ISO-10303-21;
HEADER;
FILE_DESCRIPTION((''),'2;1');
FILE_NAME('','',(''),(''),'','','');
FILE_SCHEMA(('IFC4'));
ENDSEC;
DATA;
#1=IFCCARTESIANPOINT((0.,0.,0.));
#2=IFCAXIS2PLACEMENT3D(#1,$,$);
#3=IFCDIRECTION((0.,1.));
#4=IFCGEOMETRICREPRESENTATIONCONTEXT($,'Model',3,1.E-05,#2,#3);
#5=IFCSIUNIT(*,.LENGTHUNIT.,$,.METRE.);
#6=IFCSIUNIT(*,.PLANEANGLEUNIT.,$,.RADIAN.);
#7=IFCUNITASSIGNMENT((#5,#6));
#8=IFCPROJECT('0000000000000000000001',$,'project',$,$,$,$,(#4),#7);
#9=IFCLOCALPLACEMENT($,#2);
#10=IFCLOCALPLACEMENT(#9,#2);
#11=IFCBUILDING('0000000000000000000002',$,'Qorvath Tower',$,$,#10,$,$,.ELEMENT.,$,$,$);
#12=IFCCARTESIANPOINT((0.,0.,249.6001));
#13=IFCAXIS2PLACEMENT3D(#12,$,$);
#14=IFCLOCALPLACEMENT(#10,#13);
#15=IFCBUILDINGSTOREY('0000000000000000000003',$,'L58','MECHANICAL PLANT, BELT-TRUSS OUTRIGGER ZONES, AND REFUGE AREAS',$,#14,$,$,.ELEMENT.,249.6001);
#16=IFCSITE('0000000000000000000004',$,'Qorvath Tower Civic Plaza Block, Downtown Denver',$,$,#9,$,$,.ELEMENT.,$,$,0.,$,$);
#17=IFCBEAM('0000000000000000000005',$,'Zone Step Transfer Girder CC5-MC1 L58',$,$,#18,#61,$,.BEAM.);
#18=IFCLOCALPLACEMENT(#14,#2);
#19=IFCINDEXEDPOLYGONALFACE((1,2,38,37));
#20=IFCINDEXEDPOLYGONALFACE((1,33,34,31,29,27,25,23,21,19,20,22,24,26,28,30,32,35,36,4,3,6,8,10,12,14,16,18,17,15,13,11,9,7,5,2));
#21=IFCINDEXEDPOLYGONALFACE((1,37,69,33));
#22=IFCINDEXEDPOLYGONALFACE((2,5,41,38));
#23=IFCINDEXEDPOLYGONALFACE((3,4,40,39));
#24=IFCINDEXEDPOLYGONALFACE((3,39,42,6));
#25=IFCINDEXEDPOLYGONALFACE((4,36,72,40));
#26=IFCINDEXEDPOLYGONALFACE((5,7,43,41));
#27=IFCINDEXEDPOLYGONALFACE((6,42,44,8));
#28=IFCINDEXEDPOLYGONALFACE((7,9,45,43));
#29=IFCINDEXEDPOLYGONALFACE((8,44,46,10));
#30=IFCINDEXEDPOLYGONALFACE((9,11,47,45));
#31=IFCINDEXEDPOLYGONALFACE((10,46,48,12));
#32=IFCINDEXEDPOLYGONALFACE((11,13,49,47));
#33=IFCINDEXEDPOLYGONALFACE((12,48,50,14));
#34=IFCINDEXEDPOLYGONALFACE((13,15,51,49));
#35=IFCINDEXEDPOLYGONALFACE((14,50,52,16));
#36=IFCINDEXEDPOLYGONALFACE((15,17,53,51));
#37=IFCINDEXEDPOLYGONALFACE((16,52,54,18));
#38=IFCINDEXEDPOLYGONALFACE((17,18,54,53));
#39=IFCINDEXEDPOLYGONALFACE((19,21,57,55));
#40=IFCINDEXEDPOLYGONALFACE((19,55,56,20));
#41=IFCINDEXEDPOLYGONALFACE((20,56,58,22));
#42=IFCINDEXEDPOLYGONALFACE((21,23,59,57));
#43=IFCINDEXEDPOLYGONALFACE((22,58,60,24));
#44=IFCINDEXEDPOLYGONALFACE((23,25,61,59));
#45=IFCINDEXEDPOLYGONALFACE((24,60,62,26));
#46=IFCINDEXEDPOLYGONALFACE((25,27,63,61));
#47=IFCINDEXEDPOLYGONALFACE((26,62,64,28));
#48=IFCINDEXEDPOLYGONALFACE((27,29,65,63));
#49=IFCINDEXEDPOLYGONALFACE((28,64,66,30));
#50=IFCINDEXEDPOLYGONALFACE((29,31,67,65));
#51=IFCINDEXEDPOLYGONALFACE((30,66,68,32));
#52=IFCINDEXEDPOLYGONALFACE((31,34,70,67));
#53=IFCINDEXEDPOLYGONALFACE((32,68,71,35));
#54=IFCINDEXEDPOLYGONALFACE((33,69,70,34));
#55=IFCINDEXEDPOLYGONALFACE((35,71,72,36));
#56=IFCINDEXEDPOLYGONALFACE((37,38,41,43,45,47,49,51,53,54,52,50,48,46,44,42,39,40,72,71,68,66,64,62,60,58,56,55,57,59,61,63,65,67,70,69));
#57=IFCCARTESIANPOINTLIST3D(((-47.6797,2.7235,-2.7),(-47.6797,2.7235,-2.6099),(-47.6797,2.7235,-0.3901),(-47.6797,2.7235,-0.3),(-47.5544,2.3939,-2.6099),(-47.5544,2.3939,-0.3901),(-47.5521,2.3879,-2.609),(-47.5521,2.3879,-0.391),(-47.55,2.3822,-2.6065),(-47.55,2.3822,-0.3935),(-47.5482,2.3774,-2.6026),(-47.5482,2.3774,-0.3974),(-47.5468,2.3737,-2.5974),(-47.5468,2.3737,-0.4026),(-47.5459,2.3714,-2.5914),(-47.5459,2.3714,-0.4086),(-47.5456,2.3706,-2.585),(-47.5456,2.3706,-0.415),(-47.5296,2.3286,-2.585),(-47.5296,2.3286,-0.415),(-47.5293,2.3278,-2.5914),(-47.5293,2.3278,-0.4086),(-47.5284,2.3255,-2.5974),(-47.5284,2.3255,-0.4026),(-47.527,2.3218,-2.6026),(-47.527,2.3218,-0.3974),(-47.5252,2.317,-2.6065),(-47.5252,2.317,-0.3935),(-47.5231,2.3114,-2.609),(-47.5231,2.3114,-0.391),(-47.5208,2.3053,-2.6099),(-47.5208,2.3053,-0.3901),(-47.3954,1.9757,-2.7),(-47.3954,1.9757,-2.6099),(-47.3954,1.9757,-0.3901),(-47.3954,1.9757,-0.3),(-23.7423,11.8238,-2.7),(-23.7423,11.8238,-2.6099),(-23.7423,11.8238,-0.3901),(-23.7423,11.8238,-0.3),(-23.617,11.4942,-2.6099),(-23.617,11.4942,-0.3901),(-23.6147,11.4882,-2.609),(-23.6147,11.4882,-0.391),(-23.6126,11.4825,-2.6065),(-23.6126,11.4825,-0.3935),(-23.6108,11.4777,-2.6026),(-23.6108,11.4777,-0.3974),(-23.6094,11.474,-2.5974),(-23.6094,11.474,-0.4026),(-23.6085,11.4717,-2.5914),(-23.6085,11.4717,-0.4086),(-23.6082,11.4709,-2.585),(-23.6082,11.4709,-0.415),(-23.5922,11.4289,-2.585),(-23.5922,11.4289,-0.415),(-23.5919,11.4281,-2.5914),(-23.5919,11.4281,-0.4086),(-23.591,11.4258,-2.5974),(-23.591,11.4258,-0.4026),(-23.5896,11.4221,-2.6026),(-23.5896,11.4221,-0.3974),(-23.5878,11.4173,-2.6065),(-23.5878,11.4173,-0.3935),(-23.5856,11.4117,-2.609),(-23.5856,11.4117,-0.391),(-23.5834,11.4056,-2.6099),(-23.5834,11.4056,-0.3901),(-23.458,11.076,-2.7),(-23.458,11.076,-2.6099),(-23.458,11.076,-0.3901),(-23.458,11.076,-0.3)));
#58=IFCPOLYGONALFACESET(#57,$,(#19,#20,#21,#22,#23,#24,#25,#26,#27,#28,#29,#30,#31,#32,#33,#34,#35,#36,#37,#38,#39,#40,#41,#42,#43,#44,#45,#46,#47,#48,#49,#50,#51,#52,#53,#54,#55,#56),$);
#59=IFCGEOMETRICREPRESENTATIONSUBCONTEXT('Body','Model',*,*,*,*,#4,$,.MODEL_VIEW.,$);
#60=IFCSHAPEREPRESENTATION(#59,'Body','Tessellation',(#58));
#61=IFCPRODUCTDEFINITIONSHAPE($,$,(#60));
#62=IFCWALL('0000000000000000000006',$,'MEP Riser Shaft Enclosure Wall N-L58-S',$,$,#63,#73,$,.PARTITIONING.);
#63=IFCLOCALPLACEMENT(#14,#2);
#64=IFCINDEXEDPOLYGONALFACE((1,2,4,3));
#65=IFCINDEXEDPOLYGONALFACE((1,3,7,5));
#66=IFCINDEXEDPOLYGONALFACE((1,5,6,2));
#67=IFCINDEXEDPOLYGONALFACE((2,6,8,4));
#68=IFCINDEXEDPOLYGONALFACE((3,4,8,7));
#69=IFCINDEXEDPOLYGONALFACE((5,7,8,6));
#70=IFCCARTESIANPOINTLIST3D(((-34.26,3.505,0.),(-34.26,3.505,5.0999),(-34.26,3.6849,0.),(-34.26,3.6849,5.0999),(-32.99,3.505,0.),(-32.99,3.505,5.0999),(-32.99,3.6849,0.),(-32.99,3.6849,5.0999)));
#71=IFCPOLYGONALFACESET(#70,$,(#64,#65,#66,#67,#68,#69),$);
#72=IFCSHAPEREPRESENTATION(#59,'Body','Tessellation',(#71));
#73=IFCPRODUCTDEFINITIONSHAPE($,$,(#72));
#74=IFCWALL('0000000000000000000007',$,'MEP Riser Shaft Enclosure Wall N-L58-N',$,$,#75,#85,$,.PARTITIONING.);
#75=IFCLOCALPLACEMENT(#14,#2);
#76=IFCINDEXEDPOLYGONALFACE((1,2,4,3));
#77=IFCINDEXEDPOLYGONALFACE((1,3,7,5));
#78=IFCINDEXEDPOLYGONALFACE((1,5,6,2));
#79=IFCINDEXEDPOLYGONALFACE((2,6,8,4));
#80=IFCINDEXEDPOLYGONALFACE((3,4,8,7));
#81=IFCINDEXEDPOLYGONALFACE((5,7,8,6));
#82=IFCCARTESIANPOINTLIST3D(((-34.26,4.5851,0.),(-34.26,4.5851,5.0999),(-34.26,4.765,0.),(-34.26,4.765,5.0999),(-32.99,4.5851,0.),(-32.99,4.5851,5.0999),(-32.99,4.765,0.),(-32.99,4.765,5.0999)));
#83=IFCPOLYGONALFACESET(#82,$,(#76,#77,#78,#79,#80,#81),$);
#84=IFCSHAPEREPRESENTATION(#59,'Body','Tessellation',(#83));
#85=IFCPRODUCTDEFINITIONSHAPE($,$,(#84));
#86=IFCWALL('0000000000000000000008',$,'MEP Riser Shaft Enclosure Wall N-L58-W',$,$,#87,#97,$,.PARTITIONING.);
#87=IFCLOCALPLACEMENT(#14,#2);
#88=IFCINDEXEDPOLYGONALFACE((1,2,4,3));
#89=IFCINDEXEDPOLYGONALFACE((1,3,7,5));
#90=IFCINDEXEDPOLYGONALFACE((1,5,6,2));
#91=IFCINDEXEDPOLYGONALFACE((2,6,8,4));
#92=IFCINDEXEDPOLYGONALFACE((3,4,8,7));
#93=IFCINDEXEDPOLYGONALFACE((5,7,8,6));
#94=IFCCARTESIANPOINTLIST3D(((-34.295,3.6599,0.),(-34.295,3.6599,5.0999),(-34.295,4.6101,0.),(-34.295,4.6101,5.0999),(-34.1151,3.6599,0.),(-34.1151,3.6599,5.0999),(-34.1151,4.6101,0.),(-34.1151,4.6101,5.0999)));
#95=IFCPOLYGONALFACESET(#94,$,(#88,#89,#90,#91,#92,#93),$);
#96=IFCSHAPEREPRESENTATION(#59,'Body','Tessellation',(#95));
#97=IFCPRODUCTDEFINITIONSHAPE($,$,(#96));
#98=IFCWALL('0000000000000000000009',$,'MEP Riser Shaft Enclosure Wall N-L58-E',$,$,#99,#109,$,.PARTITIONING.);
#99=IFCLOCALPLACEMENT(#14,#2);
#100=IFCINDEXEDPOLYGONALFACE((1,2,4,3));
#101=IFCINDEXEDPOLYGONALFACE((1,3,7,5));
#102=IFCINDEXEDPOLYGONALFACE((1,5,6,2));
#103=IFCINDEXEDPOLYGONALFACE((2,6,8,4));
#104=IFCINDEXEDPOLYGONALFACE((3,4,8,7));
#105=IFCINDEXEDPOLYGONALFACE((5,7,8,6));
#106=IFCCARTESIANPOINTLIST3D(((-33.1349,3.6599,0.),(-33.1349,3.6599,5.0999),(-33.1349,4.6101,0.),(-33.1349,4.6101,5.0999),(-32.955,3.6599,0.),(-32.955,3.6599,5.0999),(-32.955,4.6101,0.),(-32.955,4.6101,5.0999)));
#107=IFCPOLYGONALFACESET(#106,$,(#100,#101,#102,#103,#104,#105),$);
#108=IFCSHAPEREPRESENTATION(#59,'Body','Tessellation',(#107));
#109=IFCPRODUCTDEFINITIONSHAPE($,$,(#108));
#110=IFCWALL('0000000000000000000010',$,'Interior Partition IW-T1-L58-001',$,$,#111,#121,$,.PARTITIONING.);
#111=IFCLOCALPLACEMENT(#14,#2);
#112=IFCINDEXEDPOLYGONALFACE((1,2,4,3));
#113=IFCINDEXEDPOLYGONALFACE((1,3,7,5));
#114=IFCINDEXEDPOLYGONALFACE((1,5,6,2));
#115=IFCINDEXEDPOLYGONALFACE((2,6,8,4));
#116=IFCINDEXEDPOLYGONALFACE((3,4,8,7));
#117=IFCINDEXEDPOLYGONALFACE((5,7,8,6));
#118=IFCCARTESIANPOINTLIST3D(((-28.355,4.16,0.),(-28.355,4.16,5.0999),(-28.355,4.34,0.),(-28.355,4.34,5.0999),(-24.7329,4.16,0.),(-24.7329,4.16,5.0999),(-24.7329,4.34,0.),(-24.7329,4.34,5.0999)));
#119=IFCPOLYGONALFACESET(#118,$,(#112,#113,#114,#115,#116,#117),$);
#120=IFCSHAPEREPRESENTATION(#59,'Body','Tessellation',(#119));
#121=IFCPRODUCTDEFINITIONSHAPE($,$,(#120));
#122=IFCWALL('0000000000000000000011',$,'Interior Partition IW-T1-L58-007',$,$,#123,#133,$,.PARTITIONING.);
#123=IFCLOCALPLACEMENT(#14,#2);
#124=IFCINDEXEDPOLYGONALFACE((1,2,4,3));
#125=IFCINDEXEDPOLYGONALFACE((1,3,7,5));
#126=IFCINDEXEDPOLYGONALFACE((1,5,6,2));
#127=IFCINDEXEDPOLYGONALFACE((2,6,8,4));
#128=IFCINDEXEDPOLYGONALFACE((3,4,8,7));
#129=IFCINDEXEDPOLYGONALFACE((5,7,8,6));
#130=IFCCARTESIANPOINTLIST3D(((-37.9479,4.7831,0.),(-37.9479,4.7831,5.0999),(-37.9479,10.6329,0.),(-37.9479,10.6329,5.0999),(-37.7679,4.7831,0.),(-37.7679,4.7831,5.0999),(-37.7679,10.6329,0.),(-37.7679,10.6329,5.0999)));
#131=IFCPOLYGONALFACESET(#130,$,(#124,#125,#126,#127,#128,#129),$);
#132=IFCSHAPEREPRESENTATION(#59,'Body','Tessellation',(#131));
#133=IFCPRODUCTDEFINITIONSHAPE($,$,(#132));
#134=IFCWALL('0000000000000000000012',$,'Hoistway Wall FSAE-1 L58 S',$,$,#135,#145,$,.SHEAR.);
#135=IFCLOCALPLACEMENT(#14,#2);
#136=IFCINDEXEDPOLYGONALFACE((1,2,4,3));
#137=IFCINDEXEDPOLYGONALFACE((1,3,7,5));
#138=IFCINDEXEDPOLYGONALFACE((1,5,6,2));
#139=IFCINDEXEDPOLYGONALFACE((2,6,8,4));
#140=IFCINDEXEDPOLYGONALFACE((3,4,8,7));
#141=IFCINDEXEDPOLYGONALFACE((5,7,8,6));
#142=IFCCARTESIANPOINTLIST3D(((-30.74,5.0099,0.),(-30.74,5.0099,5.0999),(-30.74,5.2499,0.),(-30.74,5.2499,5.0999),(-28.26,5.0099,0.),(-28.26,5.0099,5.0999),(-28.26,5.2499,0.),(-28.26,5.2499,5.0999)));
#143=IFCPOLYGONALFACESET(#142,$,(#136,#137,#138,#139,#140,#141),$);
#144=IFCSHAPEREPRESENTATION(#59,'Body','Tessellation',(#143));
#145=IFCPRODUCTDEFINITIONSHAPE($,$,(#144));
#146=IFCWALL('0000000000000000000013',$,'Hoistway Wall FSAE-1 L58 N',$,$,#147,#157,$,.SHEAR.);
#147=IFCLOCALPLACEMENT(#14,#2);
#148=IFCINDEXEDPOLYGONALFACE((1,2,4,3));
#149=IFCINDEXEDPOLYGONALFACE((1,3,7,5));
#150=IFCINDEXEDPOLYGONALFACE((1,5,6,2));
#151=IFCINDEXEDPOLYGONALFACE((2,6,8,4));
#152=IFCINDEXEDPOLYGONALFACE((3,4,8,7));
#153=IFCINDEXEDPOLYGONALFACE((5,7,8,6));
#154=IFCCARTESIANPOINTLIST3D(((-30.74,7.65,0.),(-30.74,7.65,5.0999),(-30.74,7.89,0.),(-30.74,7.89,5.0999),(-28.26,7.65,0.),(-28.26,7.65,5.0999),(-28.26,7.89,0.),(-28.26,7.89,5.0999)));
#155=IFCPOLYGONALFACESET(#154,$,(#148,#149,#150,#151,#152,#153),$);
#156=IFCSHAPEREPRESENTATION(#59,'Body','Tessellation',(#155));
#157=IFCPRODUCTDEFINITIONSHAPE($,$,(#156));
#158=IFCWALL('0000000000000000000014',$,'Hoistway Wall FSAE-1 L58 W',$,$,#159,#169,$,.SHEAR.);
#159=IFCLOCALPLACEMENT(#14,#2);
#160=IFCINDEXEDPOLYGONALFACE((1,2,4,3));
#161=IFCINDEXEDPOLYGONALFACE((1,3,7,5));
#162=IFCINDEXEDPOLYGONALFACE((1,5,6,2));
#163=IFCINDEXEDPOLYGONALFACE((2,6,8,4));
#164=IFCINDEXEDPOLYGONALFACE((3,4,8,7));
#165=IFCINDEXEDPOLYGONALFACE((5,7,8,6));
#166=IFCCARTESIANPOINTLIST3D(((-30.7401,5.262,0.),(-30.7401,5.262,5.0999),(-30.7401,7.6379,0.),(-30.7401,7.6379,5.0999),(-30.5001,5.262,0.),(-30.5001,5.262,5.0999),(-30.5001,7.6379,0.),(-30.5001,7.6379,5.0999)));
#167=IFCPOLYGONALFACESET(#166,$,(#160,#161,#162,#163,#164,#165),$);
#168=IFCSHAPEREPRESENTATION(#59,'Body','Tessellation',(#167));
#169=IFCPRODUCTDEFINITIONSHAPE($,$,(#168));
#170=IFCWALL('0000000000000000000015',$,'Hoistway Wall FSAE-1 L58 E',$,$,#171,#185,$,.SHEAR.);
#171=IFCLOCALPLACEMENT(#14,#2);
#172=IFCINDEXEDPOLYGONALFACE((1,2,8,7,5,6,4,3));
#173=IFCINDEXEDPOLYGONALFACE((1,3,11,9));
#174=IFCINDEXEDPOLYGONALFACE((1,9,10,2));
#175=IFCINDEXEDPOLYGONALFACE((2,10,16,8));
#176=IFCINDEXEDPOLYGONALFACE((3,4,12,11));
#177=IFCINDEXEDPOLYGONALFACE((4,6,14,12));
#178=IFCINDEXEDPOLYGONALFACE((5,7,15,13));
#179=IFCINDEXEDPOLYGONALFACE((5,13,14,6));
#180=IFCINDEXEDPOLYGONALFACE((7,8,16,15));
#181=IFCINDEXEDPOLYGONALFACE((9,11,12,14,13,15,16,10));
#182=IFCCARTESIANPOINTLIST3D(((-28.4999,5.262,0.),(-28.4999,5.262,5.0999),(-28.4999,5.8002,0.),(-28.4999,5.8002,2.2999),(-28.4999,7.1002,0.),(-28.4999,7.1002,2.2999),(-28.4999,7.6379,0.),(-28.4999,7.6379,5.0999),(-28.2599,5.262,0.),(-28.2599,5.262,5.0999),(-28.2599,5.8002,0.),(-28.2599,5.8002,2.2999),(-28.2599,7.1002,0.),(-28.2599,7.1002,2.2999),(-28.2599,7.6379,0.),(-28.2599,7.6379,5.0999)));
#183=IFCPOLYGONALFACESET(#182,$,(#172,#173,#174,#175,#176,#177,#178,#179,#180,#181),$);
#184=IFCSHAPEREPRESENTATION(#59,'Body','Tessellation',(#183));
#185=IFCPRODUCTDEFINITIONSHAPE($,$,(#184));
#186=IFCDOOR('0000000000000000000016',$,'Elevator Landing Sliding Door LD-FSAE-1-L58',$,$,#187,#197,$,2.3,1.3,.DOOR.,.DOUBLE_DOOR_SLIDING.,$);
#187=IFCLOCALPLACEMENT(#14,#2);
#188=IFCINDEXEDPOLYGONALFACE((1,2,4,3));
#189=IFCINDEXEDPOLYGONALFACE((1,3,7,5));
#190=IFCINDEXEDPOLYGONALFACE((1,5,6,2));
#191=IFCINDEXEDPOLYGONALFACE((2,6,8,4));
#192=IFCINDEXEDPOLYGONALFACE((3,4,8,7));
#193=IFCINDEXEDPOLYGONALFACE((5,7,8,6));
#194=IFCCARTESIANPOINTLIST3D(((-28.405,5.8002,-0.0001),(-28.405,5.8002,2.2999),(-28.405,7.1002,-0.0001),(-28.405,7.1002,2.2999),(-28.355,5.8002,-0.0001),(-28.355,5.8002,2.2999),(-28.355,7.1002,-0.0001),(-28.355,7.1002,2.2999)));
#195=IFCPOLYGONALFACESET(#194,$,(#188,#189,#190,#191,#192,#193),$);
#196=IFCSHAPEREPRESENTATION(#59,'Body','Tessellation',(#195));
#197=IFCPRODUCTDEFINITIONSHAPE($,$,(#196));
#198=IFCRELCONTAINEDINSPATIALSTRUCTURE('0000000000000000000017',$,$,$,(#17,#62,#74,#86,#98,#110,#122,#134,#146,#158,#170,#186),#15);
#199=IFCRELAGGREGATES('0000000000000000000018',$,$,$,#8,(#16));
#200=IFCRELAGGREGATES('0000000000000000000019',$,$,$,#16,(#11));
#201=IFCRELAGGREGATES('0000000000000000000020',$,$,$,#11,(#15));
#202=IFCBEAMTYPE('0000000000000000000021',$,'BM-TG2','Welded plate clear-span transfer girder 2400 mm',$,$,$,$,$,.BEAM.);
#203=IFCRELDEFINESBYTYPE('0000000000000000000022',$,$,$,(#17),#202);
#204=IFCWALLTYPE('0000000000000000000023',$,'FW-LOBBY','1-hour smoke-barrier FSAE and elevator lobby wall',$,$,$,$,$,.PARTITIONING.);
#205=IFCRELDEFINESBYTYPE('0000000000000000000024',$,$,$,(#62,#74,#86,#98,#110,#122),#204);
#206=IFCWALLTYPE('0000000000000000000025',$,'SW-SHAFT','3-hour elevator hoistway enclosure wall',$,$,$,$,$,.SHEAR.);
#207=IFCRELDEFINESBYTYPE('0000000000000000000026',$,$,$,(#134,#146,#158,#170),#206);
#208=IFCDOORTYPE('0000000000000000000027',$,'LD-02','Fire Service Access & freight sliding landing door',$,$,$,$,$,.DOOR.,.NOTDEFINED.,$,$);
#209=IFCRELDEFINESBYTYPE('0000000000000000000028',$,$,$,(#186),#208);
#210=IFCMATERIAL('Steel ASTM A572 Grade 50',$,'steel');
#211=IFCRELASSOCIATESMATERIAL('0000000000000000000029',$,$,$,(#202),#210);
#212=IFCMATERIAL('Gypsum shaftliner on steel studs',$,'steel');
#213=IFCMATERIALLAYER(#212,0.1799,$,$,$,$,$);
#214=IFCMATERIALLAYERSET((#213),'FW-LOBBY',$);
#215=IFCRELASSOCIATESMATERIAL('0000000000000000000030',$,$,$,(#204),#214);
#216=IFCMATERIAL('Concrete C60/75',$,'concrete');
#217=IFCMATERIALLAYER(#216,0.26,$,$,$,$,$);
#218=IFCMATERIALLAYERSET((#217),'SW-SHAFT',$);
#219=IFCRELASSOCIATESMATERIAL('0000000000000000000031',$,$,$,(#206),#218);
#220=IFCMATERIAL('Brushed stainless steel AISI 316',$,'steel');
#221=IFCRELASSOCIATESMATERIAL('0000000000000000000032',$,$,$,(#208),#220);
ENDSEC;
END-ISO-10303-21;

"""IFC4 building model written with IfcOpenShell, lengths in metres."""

from ifc_helpers import new_model, si_unit, direction, frame, frame_2d, origin, origin_2d, place, context, subcontext, project, spatial, rectangle, i_section, extrude, material, layer, layer_set, material_profile, profile_set, type_object, element, fill, save


model = new_model("IFC4")

# Units and contexts
model_context = context("Model", 3, precision=1e-05, world=origin(), true_north=direction((0.0, 1.0)))
body_context = subcontext(model_context, "Body", "Model", "MODEL_VIEW")
ifc_project = project(units=[si_unit("LENGTHUNIT", "METRE"), si_unit("PLANEANGLEUNIT", "RADIAN")], contexts=[model_context])

# Site, building, storey
site_placement = place(None, origin())
site = spatial("IfcSite", under=ifc_project, at=site_placement, Name="Qorvath Tower Civic Plaza Block, Downtown Denver", CompositionType="ELEMENT", RefElevation=0.0)
building_placement = place(site_placement, origin())
building = spatial("IfcBuilding", under=site, at=building_placement, Name="Qorvath Tower", CompositionType="ELEMENT")
storey_placement = place(building_placement, frame((0.0, 0.0, 249.6001)))
storey = spatial("IfcBuildingStorey", under=building, at=storey_placement, Name="L58", Description="MECHANICAL PLANT, BELT-TRUSS OUTRIGGER ZONES, AND REFUGE AREAS", CompositionType="ELEMENT", Elevation=249.6001)

# Beam
ifc_material_1 = material(Name="Steel ASTM A572 Grade 50", Category="steel")
ifc_material_profile_1 = material_profile(ifc_material_1, i_section(OverallWidth=0.8, OverallDepth=2.3999, WebThickness=0.0449, FlangeThickness=0.0901, FilletRadius=0.0249, at=origin_2d()), Name="WTG 2400x800")
ifc_profile_set_1 = profile_set([ifc_material_profile_1], Name="Steel ASTM A572 Grade 50")
beam_type_1 = type_object("IfcBeamType", Name="BM-TG2", Description="Welded plate clear-span transfer girder 2400 mm", PredefinedType="BEAM", material=ifc_profile_set_1)
beam_1_placement = place(storey_placement, frame((-47.5376, 2.3496, -1.5), z_axis=(0.934731, 0.355357, 0.0), x_axis=(-0.355357, 0.934731, 0.0)))
element("IfcBeam", 1, at=beam_1_placement, inside=storey, type_object=beam_type_1, Name="Zone Step Transfer Girder CC5-MC1 L58", PredefinedType="BEAM", context=body_context, shape_type="SweptSolid", body=[
    extrude(i_section(OverallWidth=0.8, OverallDepth=2.3999, WebThickness=0.0449, FlangeThickness=0.0901, FilletRadius=0.0249, at=origin_2d()), origin(), (0.0, 0.0, 1.0), 25.6089),
])

# Walls
ifc_material_2 = material(Name="Gypsum shaftliner on steel studs", Category="steel")
ifc_layer_1 = layer(ifc_material_2, 0.1799)
ifc_layer_set_1 = layer_set([ifc_layer_1], Name="FW-LOBBY")
wall_type_1 = type_object("IfcWallType", Name="FW-LOBBY", Description="1-hour smoke-barrier FSAE and elevator lobby wall", PredefinedType="PARTITIONING", material=ifc_layer_set_1)
for number, where, z_axis, x_axis, name in (
    (2, (-32.99, 3.595, 0.0), (0.0, 0.0, 1.0), (-1.0, 0.0, 0.0), "MEP Riser Shaft Enclosure Wall N-L58-S"),
    (3, (-34.26, 4.675, 0.0), (0.0, 0.0, 1.0), (1.0, 0.0, 0.0), "MEP Riser Shaft Enclosure Wall N-L58-N"),
):
    element("IfcWall", number, at=place(storey_placement, frame(where, z_axis=z_axis, x_axis=x_axis)), inside=storey, type_object=wall_type_1, Name=name, PredefinedType="PARTITIONING", context=body_context, shape_type="SweptSolid", body=[
        extrude(rectangle(XDim=1.27, YDim=0.1799, at=frame_2d((0.635, 0.0))), origin(), (0.0, 0.0, 1.0), 5.0999),
    ])
for number, where, z_axis, x_axis, name in (
    (4, (-34.2051, 3.6599, 0.0), (0.0, 0.0, 1.0), (0.0, 1.0, 0.0), "MEP Riser Shaft Enclosure Wall N-L58-W"),
    (5, (-33.0449, 4.6101, 0.0), (0.0, 0.0, 1.0), (0.0, -1.0, 0.0), "MEP Riser Shaft Enclosure Wall N-L58-E"),
):
    element("IfcWall", number, at=place(storey_placement, frame(where, z_axis=z_axis, x_axis=x_axis)), inside=storey, type_object=wall_type_1, Name=name, PredefinedType="PARTITIONING", context=body_context, shape_type="SweptSolid", body=[
        extrude(rectangle(XDim=0.9502, YDim=0.1799, at=frame_2d((0.4751, 0.0))), origin(), (0.0, 0.0, 1.0), 5.0999),
    ])
wall_1_placement = place(storey_placement, frame((-28.355, 4.25, 0.0), z_axis=(0.0, 0.0, 1.0), x_axis=(1.0, 0.0, 0.0)))
element("IfcWall", 6, at=wall_1_placement, inside=storey, type_object=wall_type_1, Name="Interior Partition IW-T1-L58-001", PredefinedType="PARTITIONING", context=body_context, shape_type="SweptSolid", body=[
    extrude(rectangle(XDim=3.6221, YDim=0.1799, at=frame_2d((1.811, 0.0))), origin(), (0.0, 0.0, 1.0), 5.0999),
])
wall_2_placement = place(storey_placement, frame((-37.8579, 4.7832, 0.0), z_axis=(0.0, 0.0, 1.0), x_axis=(0.0, 1.0, 0.0)))
element("IfcWall", 7, at=wall_2_placement, inside=storey, type_object=wall_type_1, Name="Interior Partition IW-T1-L58-007", PredefinedType="PARTITIONING", context=body_context, shape_type="SweptSolid", body=[
    extrude(rectangle(XDim=5.8499, YDim=0.1799, at=frame_2d((2.9248, 0.0))), origin(), (0.0, 0.0, 1.0), 5.0999),
])
ifc_material_3 = material(Name="Concrete C60/75", Category="concrete")
ifc_layer_2 = layer(ifc_material_3, 0.26)
ifc_layer_set_2 = layer_set([ifc_layer_2], Name="SW-SHAFT")
wall_type_2 = type_object("IfcWallType", Name="SW-SHAFT", Description="3-hour elevator hoistway enclosure wall", PredefinedType="SHEAR", material=ifc_layer_set_2)
for number, where, z_axis, x_axis, name in (
    (8, (-28.26, 5.1299, 0.0), (0.0, 0.0, 1.0), (-1.0, 0.0, 0.0), "Hoistway Wall FSAE-1 L58 S"),
    (9, (-30.74, 7.77, 0.0), (0.0, 0.0, 1.0), (1.0, 0.0, 0.0), "Hoistway Wall FSAE-1 L58 N"),
):
    element("IfcWall", number, at=place(storey_placement, frame(where, z_axis=z_axis, x_axis=x_axis)), inside=storey, type_object=wall_type_2, Name=name, PredefinedType="SHEAR", context=body_context, shape_type="SweptSolid", body=[
        extrude(rectangle(XDim=2.48, YDim=0.24, at=frame_2d((1.24, 0.0))), origin(), (0.0, 0.0, 1.0), 5.0999),
    ])
wall_3_placement = place(storey_placement, frame((-30.6201, 5.262, 0.0), z_axis=(0.0, 0.0, 1.0), x_axis=(0.0, 1.0, 0.0)))
element("IfcWall", 10, at=wall_3_placement, inside=storey, type_object=wall_type_2, Name="Hoistway Wall FSAE-1 L58 W", PredefinedType="SHEAR", context=body_context, shape_type="SweptSolid", body=[
    extrude(rectangle(XDim=2.376, YDim=0.24, at=frame_2d((1.188, 0.0))), origin(), (0.0, 0.0, 1.0), 5.0999),
])

# Wall, opening, door
wall_4_placement = place(storey_placement, frame((-28.3799, 7.6379, 0.0), z_axis=(0.0, 0.0, 1.0), x_axis=(0.0, -1.0, 0.0)))
wall_4 = element("IfcWall", 11, at=wall_4_placement, inside=storey, type_object=wall_type_2, Name="Hoistway Wall FSAE-1 L58 E", PredefinedType="SHEAR", context=body_context, shape_type="SweptSolid", body=[
    extrude(rectangle(XDim=2.376, YDim=0.24, at=frame_2d((1.188, 0.0))), origin(), (0.0, 0.0, 1.0), 5.0999),
])
opening_placement = place(wall_4_placement, frame((0.5378, 0.0, 0.0)))
opening = element("IfcOpeningElement", 12, at=opening_placement, cuts=wall_4, PredefinedType="OPENING", context=body_context, shape_type="SweptSolid", body=[
    extrude(rectangle(XDim=1.3, YDim=2.3, at=frame_2d((0.6499, 1.1499))), frame((0.0, 0.1299, 0.0), z_axis=(0.0, -1.0, 0.0), x_axis=(1.0, 0.0, 0.0)), (0.0, 0.0, 1.0), 0.26),
])
ifc_material_4 = material(Name="Brushed stainless steel AISI 316", Category="steel")
door_type = type_object("IfcDoorType", Name="LD-02", Description="Fire Service Access & freight sliding landing door", OperationType="NOTDEFINED", PredefinedType="DOOR", material=ifc_material_4)
door_placement = place(opening_placement, origin())
door = element("IfcDoor", 13, at=door_placement, inside=storey, type_object=door_type, Name="Elevator Landing Sliding Door LD-FSAE-1-L58", OperationType="DOUBLE_DOOR_SLIDING", OverallHeight=2.3, OverallWidth=1.3, PredefinedType="DOOR", context=body_context, shape_type="SweptSolid", body=[
    extrude(rectangle(XDim=1.3, YDim=2.3, at=frame_2d((0.6499, 1.1499))), frame((0.0, 0.0249, 0.0), z_axis=(0.0, -1.0, 0.0), x_axis=(1.0, 0.0, 0.0)), (0.0, 0.0, 1.0), 0.05),
])
fill(opening, door)

save(model, "model.ifc")
